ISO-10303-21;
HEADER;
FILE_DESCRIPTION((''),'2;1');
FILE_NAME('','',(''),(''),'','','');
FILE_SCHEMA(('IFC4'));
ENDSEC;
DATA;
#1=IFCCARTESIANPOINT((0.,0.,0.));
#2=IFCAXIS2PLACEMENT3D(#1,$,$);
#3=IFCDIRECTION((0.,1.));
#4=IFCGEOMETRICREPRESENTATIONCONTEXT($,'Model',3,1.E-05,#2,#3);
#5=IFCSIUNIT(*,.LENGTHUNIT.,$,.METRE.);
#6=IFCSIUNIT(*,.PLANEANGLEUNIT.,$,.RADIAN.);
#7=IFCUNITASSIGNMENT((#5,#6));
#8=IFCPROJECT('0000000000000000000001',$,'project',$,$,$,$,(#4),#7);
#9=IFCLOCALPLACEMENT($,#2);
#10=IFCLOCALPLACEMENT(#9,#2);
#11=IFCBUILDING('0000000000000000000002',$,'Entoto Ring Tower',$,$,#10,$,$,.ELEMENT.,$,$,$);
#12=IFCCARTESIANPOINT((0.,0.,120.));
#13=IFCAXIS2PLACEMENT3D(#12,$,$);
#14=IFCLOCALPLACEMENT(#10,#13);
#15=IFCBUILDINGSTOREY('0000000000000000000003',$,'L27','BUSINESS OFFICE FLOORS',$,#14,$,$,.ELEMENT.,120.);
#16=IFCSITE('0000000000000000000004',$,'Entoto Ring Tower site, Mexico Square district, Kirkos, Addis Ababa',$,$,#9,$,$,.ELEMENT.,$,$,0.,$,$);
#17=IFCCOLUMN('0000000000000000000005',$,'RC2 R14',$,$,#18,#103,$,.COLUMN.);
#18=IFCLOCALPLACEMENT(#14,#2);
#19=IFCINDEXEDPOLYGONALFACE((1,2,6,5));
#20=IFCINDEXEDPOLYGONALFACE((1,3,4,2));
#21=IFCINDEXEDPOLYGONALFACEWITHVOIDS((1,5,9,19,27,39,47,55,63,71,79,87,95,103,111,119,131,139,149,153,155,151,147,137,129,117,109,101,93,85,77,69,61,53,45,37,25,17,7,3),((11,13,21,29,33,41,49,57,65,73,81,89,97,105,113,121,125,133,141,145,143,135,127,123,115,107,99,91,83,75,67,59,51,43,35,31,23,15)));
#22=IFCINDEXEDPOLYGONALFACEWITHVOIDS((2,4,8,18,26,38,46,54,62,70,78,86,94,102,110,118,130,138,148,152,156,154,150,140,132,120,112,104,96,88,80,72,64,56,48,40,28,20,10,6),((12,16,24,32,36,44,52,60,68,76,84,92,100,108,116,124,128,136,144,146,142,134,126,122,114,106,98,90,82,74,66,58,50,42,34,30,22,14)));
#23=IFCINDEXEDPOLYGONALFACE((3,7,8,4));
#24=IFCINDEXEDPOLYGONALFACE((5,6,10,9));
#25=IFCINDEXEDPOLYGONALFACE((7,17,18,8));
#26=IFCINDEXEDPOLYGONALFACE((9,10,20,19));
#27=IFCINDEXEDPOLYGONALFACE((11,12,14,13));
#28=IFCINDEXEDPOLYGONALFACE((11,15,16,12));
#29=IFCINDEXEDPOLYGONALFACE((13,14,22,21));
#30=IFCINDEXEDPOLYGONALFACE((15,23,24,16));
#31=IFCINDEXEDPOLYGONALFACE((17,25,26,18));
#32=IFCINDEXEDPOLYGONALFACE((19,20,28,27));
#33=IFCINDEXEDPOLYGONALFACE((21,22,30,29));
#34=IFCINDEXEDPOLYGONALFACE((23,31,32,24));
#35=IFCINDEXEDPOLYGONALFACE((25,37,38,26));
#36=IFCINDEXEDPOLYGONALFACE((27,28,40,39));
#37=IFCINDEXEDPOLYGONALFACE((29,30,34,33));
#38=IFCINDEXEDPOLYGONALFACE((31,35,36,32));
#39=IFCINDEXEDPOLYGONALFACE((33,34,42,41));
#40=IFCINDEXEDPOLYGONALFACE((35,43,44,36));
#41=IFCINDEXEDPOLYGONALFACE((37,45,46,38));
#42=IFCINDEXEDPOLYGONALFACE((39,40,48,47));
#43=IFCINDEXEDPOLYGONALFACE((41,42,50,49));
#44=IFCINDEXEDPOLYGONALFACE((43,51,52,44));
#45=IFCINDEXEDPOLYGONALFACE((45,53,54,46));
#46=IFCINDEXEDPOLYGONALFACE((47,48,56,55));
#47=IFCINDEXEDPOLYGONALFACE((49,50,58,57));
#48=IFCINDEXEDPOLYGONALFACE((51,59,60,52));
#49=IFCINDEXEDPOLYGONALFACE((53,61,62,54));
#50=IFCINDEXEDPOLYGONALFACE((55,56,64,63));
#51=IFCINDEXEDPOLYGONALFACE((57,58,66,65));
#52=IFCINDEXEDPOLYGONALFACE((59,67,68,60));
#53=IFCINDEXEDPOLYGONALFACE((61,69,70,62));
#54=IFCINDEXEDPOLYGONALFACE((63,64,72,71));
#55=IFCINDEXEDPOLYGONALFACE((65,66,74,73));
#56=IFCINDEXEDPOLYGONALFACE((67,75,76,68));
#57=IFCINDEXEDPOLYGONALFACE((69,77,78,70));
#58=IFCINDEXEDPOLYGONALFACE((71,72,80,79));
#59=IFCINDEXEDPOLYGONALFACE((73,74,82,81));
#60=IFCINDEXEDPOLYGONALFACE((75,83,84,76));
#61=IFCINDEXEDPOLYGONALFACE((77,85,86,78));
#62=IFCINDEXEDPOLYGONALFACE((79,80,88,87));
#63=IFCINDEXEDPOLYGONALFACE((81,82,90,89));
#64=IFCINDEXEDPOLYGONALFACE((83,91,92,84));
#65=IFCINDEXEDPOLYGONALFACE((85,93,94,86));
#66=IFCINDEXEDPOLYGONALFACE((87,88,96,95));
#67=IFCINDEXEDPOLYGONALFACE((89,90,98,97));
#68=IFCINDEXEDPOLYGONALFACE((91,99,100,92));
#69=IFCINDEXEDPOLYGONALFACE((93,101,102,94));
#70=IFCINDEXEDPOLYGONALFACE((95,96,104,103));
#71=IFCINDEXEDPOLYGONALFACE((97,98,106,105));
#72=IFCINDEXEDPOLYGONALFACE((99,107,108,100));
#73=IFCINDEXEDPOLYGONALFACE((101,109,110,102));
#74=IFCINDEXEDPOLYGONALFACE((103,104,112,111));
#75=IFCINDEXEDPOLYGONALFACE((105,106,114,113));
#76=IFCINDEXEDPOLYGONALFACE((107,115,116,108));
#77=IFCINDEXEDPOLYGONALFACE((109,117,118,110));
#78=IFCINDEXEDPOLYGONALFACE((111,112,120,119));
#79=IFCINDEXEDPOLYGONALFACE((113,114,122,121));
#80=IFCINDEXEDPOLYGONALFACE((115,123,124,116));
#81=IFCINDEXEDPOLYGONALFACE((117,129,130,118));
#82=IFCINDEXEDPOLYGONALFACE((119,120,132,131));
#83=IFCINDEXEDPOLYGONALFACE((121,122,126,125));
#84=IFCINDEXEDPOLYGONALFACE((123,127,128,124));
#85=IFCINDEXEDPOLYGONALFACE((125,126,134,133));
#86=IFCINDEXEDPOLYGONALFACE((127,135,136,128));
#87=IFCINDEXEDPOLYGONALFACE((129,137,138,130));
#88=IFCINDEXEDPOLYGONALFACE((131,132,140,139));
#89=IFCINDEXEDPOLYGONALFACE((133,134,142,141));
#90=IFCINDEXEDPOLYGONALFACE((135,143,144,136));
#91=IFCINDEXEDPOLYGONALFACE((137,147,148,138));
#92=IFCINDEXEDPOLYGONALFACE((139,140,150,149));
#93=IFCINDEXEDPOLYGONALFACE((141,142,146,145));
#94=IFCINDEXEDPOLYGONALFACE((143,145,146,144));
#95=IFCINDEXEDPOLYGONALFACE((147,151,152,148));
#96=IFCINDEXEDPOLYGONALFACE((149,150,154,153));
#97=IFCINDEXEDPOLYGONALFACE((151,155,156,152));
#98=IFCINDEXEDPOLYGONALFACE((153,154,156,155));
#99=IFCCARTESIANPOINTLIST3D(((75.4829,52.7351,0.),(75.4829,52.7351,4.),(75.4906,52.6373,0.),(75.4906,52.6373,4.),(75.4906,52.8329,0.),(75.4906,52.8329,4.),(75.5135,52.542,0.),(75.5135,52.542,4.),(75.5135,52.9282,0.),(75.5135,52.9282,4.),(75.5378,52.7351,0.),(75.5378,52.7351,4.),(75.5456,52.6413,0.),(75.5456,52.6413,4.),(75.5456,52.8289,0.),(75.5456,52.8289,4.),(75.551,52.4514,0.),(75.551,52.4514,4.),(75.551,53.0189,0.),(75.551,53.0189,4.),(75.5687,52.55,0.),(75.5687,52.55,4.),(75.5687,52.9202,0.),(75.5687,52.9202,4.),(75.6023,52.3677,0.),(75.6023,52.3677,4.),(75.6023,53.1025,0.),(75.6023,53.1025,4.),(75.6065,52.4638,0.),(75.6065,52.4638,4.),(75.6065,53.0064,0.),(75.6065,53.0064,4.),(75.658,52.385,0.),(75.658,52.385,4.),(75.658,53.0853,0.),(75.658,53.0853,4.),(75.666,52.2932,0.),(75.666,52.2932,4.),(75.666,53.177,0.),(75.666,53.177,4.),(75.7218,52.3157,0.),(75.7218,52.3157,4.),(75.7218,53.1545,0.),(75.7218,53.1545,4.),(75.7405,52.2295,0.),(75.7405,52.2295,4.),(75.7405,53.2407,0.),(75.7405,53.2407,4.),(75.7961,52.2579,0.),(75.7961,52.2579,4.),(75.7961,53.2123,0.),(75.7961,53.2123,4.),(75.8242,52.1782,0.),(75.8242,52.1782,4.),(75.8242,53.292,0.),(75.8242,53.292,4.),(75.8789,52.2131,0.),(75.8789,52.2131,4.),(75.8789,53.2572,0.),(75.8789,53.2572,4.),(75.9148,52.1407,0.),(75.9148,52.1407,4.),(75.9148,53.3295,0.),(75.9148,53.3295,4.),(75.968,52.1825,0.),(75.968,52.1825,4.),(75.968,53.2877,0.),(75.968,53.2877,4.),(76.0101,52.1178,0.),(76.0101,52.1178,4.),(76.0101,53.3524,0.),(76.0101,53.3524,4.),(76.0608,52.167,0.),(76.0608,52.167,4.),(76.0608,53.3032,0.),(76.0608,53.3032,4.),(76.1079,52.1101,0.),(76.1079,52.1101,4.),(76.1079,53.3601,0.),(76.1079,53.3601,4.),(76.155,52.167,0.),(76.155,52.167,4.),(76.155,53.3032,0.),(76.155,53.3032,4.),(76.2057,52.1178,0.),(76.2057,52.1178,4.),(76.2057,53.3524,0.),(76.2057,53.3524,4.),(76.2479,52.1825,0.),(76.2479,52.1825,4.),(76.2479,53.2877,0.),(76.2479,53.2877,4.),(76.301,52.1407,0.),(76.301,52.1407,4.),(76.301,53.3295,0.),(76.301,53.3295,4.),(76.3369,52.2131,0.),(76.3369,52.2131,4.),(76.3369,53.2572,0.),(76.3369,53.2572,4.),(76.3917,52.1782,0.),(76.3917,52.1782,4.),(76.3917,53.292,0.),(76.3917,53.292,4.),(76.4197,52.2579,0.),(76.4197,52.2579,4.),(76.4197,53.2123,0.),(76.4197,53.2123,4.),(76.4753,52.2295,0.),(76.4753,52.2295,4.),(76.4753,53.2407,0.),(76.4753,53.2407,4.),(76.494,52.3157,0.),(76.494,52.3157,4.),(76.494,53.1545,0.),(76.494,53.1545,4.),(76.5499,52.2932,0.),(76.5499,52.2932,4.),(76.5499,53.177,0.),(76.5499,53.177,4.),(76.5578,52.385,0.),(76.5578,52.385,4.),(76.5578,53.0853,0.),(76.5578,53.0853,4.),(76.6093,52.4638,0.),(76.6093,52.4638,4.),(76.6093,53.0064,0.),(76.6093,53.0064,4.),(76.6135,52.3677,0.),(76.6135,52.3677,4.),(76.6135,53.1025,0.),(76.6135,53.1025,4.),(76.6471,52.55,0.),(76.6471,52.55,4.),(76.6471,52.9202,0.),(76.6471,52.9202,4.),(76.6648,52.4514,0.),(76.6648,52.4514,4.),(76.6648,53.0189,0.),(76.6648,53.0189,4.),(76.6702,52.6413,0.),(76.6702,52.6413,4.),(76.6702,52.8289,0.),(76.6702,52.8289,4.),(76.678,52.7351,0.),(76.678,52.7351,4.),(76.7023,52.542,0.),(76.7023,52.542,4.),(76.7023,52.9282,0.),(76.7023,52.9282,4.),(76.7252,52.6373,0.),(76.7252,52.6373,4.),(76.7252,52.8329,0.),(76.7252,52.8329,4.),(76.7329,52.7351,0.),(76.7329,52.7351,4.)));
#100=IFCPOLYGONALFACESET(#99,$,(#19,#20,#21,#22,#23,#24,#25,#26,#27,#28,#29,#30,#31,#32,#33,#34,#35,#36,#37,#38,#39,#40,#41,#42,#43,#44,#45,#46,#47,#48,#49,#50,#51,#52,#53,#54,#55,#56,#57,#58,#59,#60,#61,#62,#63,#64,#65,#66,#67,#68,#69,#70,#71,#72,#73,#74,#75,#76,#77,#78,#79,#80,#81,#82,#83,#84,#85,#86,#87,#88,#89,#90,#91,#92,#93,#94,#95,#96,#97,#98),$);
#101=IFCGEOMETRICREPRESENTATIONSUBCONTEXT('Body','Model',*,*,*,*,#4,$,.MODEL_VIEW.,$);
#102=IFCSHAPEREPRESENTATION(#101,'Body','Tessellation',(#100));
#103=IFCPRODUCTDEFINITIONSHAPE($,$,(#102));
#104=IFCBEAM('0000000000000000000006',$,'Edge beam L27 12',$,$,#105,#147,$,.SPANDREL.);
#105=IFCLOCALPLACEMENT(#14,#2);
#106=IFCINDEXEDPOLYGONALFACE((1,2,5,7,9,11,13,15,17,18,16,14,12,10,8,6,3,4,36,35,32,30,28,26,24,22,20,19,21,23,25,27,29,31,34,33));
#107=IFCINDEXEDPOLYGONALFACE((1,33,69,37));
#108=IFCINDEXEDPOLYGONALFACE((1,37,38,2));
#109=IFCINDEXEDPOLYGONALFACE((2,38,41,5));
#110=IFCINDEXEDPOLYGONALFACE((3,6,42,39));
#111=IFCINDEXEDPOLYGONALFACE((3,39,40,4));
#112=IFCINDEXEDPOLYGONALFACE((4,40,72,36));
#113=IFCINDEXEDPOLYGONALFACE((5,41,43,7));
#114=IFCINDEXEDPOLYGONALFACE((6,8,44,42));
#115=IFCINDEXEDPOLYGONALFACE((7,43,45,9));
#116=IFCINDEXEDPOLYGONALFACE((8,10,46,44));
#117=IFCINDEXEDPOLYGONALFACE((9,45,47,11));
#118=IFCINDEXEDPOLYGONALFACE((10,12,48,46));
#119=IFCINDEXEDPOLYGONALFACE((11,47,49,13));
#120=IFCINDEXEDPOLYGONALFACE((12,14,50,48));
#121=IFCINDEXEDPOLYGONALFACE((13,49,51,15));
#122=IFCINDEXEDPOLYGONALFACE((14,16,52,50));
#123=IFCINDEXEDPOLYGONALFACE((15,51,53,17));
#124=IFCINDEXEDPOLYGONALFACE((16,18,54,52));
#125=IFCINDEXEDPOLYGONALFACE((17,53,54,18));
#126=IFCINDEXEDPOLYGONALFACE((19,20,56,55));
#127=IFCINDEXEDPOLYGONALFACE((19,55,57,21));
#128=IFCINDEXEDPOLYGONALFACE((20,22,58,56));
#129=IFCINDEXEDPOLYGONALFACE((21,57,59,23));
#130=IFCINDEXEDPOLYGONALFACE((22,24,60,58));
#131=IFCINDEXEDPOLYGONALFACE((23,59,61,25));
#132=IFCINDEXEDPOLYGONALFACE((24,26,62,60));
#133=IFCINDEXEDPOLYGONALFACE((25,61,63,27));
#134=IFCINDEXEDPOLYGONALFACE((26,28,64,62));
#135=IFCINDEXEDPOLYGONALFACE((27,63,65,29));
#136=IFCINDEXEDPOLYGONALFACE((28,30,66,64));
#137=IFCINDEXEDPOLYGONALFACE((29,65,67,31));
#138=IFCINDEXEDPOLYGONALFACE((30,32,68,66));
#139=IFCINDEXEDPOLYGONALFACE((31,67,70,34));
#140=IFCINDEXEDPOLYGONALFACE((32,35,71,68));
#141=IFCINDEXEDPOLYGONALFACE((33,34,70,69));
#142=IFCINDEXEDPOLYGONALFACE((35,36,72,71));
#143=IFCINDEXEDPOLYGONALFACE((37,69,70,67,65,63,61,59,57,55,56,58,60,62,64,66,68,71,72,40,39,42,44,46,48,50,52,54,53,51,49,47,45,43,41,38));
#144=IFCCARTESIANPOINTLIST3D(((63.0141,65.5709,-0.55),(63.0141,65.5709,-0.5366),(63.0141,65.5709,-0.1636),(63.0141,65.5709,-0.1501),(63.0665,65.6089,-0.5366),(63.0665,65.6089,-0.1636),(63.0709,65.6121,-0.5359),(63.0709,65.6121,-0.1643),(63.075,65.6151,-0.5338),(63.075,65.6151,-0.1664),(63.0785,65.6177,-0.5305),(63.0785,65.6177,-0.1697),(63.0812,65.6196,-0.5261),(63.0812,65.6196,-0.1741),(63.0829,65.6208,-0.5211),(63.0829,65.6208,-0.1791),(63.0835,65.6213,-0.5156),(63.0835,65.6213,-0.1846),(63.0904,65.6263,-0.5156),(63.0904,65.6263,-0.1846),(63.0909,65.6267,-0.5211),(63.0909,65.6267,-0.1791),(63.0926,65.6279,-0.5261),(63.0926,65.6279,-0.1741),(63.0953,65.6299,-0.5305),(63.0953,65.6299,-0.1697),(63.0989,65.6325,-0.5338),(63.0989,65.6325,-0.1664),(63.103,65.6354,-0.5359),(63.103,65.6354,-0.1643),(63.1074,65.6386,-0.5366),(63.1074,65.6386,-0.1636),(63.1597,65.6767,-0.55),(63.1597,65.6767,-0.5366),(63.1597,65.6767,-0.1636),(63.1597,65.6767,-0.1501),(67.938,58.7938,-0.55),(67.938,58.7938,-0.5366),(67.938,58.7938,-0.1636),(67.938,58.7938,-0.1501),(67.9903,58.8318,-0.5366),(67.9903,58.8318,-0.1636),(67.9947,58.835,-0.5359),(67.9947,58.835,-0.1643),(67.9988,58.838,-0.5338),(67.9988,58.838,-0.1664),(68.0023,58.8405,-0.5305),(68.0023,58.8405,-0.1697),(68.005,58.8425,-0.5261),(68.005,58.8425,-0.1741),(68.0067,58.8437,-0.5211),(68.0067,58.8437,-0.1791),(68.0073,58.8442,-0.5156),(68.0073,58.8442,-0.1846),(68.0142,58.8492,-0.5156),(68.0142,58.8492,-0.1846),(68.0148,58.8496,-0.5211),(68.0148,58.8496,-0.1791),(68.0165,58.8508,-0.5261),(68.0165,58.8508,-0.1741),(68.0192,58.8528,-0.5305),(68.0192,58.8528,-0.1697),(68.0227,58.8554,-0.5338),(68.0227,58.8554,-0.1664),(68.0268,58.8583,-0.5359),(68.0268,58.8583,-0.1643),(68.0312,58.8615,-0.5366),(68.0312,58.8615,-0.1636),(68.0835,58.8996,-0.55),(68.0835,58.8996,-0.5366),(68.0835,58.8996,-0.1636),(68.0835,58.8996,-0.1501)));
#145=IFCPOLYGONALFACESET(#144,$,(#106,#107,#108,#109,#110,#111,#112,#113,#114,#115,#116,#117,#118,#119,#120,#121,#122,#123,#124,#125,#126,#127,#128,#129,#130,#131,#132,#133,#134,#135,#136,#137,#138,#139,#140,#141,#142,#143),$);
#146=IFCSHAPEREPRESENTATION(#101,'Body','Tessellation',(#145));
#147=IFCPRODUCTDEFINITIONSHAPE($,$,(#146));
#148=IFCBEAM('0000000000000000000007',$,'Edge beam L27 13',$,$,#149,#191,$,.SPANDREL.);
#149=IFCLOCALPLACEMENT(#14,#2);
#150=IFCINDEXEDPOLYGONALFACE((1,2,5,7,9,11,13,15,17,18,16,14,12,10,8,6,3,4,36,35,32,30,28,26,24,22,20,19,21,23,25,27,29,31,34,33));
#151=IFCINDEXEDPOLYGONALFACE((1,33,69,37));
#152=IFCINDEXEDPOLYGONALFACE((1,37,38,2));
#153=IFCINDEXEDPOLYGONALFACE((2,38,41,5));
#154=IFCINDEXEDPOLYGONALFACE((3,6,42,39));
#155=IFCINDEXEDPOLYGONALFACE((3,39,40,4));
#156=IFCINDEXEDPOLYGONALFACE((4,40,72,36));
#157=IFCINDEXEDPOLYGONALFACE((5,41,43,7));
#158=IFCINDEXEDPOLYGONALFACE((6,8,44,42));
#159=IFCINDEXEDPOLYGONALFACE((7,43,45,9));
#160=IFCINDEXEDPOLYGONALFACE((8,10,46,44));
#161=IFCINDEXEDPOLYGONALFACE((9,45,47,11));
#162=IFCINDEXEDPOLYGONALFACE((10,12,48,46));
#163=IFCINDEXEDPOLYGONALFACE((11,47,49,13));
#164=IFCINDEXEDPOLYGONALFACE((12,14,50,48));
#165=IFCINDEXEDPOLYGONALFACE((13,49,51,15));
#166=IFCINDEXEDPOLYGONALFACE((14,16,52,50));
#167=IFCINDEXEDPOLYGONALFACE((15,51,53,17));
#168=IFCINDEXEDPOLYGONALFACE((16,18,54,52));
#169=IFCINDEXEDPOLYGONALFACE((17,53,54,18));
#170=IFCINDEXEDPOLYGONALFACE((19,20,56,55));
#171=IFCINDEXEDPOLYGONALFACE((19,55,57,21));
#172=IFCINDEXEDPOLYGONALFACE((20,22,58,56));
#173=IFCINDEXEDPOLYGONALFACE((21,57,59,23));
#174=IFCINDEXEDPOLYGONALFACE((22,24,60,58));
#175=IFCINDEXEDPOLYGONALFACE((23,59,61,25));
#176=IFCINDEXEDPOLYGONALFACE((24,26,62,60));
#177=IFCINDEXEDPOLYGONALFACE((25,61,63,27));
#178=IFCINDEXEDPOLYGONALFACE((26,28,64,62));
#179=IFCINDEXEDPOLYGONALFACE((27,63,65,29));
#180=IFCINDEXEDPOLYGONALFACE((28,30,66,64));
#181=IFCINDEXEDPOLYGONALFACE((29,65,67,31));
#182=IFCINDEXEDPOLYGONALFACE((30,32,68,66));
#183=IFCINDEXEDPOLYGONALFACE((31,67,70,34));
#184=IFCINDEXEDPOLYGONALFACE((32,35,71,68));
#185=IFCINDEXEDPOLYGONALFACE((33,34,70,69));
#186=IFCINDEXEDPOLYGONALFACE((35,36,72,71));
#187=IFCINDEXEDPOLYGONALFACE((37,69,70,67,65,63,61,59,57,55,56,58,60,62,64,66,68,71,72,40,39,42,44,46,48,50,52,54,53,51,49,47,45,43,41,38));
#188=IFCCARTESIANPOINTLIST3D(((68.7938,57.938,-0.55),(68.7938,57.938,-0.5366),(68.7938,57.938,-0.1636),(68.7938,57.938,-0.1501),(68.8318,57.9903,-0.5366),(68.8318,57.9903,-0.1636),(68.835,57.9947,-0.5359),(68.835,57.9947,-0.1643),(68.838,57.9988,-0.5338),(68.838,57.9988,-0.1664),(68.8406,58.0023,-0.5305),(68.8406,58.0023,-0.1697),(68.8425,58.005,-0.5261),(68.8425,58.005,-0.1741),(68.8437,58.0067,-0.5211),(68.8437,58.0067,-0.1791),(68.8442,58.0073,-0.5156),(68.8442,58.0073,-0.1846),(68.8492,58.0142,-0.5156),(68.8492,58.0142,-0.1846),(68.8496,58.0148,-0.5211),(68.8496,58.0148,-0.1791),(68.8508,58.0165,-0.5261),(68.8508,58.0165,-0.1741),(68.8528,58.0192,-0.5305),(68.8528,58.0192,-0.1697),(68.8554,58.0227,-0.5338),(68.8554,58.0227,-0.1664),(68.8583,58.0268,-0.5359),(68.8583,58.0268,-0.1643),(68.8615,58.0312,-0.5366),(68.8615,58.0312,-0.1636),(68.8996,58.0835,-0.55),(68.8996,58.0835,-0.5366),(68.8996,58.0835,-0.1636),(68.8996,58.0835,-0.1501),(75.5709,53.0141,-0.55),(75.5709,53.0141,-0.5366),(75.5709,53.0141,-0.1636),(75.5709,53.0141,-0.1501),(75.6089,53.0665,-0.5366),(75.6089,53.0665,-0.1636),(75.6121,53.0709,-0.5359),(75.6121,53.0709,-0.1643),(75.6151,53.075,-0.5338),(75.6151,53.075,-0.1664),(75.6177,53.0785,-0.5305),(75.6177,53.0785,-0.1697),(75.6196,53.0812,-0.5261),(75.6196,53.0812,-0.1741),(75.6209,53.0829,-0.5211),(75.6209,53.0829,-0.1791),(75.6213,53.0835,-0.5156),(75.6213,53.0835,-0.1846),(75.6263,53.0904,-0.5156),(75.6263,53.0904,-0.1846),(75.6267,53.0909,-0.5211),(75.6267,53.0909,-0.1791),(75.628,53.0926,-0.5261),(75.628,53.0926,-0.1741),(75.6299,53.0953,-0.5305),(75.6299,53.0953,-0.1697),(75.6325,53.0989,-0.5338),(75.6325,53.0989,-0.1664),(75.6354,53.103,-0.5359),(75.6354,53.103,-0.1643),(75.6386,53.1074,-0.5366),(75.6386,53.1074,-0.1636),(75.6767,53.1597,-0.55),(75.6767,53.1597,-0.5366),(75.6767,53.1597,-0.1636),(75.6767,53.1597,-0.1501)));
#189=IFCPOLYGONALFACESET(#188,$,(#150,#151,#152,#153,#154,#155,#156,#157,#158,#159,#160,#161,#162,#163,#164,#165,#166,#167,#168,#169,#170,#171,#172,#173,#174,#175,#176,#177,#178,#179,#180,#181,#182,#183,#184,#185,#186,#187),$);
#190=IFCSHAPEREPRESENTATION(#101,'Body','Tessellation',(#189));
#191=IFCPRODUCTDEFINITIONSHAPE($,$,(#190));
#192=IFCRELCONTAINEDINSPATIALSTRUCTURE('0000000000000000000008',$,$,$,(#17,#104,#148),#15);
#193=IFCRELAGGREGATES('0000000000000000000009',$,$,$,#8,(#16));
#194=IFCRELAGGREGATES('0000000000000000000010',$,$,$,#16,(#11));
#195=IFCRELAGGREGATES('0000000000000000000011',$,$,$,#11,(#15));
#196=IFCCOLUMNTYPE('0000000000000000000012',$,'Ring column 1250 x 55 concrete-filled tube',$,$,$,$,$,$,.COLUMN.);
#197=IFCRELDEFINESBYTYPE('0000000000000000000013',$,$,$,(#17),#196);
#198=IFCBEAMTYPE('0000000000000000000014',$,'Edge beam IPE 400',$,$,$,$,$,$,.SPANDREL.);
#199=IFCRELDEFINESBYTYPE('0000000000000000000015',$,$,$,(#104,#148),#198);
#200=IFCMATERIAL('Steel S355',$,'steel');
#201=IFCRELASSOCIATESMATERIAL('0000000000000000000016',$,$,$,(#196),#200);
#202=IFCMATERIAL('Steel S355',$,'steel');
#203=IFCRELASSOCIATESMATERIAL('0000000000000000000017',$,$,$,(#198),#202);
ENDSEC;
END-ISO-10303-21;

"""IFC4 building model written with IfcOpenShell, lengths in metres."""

from ifc_helpers import new_model, si_unit, direction, frame, origin, origin_2d, place, context, subcontext, project, spatial, circle, hollow_circle, i_section, extrude, material, material_profile, profile_set, type_object, element, save


model = new_model("IFC4")

# Units and contexts
model_context = context("Model", 3, precision=1e-05, world=origin(), true_north=direction((0.0, 1.0)))
body_context = subcontext(model_context, "Body", "Model", "MODEL_VIEW")
ifc_project = project(units=[si_unit("LENGTHUNIT", "METRE"), si_unit("PLANEANGLEUNIT", "RADIAN")], contexts=[model_context])

# Site, building, storey
site_placement = place(None, origin())
site = spatial("IfcSite", under=ifc_project, at=site_placement, Name="Entoto Ring Tower site, Mexico Square district, Kirkos, Addis Ababa", CompositionType="ELEMENT", RefElevation=0.0)
building_placement = place(site_placement, origin())
building = spatial("IfcBuilding", under=site, at=building_placement, Name="Entoto Ring Tower", CompositionType="ELEMENT")
storey_placement = place(building_placement, frame((0.0, 0.0, 120.0)))
storey = spatial("IfcBuildingStorey", under=building, at=storey_placement, Name="L27", Description="BUSINESS OFFICE FLOORS", CompositionType="ELEMENT", Elevation=120.0)

# Column
ifc_material_1 = material(Name="Steel S355", Category="steel")
ifc_material_profile_1 = material_profile(ifc_material_1, hollow_circle(Radius=0.625, WallThickness=0.0549, at=origin_2d()), Name="CHS 1250 x 55")
ifc_material_2 = material(Name="Concrete C60/75", Category="concrete")
ifc_material_profile_2 = material_profile(ifc_material_2, circle(Radius=0.5701, at=origin_2d()), Name="Concrete C60/75 infill")
ifc_profile_set_1 = profile_set([ifc_material_profile_1, ifc_material_profile_2], Name="Steel S355")
column_type = type_object("IfcColumnType", Name="Ring column 1250 x 55 concrete-filled tube", PredefinedType="COLUMN", material=ifc_profile_set_1)
for number, where, z_axis, x_axis, name in (
    (1, (76.1079, 52.7351, 0.0), (0.0, 0.0, 1.0), (1.0, 0.0, 0.0), "RC2 R14"),
):
    element("IfcColumn", number, at=place(storey_placement, frame(where, z_axis=z_axis, x_axis=x_axis)), inside=storey, type_object=column_type, Name=name, PredefinedType="COLUMN", context=body_context, shape_type="SweptSolid", body=[
        extrude(hollow_circle(Radius=0.625, WallThickness=0.0549, at=origin_2d()), origin(), (0.0, 0.0, 1.0), 4.0),
    ])

# Beams
ifc_material_3 = material(Name="Steel S355", Category="steel")
ifc_material_profile_3 = material_profile(ifc_material_3, i_section(OverallWidth=0.1799, OverallDepth=0.3999, WebThickness=0.0085, FlangeThickness=0.0134, FilletRadius=0.021, at=origin_2d()), Name="IPE 400")
ifc_profile_set_2 = profile_set([ifc_material_profile_3], Name="Steel S355")
beam_type_1 = type_object("IfcBeamType", Name="Edge beam IPE 400", PredefinedType="SPANDREL", material=ifc_profile_set_2)
for number, where, z_axis, x_axis, name in (
    (2, (63.0869, 65.6238, -0.3501), (0.587783, -0.809018, 0.0), (0.809018, 0.587783, 0.0), "Edge beam L27 12"),
    (3, (68.8467, 58.0107, -0.3501), (0.809018, -0.587783, 0.0), (0.587783, 0.809018, 0.0), "Edge beam L27 13"),
):
    element("IfcBeam", number, at=place(storey_placement, frame(where, z_axis=z_axis, x_axis=x_axis)), inside=storey, type_object=beam_type_1, Name=name, PredefinedType="SPANDREL", context=body_context, shape_type="SweptSolid", body=[
        extrude(i_section(OverallWidth=0.1799, OverallDepth=0.3999, WebThickness=0.0085, FlangeThickness=0.0134, FilletRadius=0.021, at=origin_2d()), origin(), (0.0, 0.0, 1.0), 8.377),
    ])

save(model, "model.ifc")
